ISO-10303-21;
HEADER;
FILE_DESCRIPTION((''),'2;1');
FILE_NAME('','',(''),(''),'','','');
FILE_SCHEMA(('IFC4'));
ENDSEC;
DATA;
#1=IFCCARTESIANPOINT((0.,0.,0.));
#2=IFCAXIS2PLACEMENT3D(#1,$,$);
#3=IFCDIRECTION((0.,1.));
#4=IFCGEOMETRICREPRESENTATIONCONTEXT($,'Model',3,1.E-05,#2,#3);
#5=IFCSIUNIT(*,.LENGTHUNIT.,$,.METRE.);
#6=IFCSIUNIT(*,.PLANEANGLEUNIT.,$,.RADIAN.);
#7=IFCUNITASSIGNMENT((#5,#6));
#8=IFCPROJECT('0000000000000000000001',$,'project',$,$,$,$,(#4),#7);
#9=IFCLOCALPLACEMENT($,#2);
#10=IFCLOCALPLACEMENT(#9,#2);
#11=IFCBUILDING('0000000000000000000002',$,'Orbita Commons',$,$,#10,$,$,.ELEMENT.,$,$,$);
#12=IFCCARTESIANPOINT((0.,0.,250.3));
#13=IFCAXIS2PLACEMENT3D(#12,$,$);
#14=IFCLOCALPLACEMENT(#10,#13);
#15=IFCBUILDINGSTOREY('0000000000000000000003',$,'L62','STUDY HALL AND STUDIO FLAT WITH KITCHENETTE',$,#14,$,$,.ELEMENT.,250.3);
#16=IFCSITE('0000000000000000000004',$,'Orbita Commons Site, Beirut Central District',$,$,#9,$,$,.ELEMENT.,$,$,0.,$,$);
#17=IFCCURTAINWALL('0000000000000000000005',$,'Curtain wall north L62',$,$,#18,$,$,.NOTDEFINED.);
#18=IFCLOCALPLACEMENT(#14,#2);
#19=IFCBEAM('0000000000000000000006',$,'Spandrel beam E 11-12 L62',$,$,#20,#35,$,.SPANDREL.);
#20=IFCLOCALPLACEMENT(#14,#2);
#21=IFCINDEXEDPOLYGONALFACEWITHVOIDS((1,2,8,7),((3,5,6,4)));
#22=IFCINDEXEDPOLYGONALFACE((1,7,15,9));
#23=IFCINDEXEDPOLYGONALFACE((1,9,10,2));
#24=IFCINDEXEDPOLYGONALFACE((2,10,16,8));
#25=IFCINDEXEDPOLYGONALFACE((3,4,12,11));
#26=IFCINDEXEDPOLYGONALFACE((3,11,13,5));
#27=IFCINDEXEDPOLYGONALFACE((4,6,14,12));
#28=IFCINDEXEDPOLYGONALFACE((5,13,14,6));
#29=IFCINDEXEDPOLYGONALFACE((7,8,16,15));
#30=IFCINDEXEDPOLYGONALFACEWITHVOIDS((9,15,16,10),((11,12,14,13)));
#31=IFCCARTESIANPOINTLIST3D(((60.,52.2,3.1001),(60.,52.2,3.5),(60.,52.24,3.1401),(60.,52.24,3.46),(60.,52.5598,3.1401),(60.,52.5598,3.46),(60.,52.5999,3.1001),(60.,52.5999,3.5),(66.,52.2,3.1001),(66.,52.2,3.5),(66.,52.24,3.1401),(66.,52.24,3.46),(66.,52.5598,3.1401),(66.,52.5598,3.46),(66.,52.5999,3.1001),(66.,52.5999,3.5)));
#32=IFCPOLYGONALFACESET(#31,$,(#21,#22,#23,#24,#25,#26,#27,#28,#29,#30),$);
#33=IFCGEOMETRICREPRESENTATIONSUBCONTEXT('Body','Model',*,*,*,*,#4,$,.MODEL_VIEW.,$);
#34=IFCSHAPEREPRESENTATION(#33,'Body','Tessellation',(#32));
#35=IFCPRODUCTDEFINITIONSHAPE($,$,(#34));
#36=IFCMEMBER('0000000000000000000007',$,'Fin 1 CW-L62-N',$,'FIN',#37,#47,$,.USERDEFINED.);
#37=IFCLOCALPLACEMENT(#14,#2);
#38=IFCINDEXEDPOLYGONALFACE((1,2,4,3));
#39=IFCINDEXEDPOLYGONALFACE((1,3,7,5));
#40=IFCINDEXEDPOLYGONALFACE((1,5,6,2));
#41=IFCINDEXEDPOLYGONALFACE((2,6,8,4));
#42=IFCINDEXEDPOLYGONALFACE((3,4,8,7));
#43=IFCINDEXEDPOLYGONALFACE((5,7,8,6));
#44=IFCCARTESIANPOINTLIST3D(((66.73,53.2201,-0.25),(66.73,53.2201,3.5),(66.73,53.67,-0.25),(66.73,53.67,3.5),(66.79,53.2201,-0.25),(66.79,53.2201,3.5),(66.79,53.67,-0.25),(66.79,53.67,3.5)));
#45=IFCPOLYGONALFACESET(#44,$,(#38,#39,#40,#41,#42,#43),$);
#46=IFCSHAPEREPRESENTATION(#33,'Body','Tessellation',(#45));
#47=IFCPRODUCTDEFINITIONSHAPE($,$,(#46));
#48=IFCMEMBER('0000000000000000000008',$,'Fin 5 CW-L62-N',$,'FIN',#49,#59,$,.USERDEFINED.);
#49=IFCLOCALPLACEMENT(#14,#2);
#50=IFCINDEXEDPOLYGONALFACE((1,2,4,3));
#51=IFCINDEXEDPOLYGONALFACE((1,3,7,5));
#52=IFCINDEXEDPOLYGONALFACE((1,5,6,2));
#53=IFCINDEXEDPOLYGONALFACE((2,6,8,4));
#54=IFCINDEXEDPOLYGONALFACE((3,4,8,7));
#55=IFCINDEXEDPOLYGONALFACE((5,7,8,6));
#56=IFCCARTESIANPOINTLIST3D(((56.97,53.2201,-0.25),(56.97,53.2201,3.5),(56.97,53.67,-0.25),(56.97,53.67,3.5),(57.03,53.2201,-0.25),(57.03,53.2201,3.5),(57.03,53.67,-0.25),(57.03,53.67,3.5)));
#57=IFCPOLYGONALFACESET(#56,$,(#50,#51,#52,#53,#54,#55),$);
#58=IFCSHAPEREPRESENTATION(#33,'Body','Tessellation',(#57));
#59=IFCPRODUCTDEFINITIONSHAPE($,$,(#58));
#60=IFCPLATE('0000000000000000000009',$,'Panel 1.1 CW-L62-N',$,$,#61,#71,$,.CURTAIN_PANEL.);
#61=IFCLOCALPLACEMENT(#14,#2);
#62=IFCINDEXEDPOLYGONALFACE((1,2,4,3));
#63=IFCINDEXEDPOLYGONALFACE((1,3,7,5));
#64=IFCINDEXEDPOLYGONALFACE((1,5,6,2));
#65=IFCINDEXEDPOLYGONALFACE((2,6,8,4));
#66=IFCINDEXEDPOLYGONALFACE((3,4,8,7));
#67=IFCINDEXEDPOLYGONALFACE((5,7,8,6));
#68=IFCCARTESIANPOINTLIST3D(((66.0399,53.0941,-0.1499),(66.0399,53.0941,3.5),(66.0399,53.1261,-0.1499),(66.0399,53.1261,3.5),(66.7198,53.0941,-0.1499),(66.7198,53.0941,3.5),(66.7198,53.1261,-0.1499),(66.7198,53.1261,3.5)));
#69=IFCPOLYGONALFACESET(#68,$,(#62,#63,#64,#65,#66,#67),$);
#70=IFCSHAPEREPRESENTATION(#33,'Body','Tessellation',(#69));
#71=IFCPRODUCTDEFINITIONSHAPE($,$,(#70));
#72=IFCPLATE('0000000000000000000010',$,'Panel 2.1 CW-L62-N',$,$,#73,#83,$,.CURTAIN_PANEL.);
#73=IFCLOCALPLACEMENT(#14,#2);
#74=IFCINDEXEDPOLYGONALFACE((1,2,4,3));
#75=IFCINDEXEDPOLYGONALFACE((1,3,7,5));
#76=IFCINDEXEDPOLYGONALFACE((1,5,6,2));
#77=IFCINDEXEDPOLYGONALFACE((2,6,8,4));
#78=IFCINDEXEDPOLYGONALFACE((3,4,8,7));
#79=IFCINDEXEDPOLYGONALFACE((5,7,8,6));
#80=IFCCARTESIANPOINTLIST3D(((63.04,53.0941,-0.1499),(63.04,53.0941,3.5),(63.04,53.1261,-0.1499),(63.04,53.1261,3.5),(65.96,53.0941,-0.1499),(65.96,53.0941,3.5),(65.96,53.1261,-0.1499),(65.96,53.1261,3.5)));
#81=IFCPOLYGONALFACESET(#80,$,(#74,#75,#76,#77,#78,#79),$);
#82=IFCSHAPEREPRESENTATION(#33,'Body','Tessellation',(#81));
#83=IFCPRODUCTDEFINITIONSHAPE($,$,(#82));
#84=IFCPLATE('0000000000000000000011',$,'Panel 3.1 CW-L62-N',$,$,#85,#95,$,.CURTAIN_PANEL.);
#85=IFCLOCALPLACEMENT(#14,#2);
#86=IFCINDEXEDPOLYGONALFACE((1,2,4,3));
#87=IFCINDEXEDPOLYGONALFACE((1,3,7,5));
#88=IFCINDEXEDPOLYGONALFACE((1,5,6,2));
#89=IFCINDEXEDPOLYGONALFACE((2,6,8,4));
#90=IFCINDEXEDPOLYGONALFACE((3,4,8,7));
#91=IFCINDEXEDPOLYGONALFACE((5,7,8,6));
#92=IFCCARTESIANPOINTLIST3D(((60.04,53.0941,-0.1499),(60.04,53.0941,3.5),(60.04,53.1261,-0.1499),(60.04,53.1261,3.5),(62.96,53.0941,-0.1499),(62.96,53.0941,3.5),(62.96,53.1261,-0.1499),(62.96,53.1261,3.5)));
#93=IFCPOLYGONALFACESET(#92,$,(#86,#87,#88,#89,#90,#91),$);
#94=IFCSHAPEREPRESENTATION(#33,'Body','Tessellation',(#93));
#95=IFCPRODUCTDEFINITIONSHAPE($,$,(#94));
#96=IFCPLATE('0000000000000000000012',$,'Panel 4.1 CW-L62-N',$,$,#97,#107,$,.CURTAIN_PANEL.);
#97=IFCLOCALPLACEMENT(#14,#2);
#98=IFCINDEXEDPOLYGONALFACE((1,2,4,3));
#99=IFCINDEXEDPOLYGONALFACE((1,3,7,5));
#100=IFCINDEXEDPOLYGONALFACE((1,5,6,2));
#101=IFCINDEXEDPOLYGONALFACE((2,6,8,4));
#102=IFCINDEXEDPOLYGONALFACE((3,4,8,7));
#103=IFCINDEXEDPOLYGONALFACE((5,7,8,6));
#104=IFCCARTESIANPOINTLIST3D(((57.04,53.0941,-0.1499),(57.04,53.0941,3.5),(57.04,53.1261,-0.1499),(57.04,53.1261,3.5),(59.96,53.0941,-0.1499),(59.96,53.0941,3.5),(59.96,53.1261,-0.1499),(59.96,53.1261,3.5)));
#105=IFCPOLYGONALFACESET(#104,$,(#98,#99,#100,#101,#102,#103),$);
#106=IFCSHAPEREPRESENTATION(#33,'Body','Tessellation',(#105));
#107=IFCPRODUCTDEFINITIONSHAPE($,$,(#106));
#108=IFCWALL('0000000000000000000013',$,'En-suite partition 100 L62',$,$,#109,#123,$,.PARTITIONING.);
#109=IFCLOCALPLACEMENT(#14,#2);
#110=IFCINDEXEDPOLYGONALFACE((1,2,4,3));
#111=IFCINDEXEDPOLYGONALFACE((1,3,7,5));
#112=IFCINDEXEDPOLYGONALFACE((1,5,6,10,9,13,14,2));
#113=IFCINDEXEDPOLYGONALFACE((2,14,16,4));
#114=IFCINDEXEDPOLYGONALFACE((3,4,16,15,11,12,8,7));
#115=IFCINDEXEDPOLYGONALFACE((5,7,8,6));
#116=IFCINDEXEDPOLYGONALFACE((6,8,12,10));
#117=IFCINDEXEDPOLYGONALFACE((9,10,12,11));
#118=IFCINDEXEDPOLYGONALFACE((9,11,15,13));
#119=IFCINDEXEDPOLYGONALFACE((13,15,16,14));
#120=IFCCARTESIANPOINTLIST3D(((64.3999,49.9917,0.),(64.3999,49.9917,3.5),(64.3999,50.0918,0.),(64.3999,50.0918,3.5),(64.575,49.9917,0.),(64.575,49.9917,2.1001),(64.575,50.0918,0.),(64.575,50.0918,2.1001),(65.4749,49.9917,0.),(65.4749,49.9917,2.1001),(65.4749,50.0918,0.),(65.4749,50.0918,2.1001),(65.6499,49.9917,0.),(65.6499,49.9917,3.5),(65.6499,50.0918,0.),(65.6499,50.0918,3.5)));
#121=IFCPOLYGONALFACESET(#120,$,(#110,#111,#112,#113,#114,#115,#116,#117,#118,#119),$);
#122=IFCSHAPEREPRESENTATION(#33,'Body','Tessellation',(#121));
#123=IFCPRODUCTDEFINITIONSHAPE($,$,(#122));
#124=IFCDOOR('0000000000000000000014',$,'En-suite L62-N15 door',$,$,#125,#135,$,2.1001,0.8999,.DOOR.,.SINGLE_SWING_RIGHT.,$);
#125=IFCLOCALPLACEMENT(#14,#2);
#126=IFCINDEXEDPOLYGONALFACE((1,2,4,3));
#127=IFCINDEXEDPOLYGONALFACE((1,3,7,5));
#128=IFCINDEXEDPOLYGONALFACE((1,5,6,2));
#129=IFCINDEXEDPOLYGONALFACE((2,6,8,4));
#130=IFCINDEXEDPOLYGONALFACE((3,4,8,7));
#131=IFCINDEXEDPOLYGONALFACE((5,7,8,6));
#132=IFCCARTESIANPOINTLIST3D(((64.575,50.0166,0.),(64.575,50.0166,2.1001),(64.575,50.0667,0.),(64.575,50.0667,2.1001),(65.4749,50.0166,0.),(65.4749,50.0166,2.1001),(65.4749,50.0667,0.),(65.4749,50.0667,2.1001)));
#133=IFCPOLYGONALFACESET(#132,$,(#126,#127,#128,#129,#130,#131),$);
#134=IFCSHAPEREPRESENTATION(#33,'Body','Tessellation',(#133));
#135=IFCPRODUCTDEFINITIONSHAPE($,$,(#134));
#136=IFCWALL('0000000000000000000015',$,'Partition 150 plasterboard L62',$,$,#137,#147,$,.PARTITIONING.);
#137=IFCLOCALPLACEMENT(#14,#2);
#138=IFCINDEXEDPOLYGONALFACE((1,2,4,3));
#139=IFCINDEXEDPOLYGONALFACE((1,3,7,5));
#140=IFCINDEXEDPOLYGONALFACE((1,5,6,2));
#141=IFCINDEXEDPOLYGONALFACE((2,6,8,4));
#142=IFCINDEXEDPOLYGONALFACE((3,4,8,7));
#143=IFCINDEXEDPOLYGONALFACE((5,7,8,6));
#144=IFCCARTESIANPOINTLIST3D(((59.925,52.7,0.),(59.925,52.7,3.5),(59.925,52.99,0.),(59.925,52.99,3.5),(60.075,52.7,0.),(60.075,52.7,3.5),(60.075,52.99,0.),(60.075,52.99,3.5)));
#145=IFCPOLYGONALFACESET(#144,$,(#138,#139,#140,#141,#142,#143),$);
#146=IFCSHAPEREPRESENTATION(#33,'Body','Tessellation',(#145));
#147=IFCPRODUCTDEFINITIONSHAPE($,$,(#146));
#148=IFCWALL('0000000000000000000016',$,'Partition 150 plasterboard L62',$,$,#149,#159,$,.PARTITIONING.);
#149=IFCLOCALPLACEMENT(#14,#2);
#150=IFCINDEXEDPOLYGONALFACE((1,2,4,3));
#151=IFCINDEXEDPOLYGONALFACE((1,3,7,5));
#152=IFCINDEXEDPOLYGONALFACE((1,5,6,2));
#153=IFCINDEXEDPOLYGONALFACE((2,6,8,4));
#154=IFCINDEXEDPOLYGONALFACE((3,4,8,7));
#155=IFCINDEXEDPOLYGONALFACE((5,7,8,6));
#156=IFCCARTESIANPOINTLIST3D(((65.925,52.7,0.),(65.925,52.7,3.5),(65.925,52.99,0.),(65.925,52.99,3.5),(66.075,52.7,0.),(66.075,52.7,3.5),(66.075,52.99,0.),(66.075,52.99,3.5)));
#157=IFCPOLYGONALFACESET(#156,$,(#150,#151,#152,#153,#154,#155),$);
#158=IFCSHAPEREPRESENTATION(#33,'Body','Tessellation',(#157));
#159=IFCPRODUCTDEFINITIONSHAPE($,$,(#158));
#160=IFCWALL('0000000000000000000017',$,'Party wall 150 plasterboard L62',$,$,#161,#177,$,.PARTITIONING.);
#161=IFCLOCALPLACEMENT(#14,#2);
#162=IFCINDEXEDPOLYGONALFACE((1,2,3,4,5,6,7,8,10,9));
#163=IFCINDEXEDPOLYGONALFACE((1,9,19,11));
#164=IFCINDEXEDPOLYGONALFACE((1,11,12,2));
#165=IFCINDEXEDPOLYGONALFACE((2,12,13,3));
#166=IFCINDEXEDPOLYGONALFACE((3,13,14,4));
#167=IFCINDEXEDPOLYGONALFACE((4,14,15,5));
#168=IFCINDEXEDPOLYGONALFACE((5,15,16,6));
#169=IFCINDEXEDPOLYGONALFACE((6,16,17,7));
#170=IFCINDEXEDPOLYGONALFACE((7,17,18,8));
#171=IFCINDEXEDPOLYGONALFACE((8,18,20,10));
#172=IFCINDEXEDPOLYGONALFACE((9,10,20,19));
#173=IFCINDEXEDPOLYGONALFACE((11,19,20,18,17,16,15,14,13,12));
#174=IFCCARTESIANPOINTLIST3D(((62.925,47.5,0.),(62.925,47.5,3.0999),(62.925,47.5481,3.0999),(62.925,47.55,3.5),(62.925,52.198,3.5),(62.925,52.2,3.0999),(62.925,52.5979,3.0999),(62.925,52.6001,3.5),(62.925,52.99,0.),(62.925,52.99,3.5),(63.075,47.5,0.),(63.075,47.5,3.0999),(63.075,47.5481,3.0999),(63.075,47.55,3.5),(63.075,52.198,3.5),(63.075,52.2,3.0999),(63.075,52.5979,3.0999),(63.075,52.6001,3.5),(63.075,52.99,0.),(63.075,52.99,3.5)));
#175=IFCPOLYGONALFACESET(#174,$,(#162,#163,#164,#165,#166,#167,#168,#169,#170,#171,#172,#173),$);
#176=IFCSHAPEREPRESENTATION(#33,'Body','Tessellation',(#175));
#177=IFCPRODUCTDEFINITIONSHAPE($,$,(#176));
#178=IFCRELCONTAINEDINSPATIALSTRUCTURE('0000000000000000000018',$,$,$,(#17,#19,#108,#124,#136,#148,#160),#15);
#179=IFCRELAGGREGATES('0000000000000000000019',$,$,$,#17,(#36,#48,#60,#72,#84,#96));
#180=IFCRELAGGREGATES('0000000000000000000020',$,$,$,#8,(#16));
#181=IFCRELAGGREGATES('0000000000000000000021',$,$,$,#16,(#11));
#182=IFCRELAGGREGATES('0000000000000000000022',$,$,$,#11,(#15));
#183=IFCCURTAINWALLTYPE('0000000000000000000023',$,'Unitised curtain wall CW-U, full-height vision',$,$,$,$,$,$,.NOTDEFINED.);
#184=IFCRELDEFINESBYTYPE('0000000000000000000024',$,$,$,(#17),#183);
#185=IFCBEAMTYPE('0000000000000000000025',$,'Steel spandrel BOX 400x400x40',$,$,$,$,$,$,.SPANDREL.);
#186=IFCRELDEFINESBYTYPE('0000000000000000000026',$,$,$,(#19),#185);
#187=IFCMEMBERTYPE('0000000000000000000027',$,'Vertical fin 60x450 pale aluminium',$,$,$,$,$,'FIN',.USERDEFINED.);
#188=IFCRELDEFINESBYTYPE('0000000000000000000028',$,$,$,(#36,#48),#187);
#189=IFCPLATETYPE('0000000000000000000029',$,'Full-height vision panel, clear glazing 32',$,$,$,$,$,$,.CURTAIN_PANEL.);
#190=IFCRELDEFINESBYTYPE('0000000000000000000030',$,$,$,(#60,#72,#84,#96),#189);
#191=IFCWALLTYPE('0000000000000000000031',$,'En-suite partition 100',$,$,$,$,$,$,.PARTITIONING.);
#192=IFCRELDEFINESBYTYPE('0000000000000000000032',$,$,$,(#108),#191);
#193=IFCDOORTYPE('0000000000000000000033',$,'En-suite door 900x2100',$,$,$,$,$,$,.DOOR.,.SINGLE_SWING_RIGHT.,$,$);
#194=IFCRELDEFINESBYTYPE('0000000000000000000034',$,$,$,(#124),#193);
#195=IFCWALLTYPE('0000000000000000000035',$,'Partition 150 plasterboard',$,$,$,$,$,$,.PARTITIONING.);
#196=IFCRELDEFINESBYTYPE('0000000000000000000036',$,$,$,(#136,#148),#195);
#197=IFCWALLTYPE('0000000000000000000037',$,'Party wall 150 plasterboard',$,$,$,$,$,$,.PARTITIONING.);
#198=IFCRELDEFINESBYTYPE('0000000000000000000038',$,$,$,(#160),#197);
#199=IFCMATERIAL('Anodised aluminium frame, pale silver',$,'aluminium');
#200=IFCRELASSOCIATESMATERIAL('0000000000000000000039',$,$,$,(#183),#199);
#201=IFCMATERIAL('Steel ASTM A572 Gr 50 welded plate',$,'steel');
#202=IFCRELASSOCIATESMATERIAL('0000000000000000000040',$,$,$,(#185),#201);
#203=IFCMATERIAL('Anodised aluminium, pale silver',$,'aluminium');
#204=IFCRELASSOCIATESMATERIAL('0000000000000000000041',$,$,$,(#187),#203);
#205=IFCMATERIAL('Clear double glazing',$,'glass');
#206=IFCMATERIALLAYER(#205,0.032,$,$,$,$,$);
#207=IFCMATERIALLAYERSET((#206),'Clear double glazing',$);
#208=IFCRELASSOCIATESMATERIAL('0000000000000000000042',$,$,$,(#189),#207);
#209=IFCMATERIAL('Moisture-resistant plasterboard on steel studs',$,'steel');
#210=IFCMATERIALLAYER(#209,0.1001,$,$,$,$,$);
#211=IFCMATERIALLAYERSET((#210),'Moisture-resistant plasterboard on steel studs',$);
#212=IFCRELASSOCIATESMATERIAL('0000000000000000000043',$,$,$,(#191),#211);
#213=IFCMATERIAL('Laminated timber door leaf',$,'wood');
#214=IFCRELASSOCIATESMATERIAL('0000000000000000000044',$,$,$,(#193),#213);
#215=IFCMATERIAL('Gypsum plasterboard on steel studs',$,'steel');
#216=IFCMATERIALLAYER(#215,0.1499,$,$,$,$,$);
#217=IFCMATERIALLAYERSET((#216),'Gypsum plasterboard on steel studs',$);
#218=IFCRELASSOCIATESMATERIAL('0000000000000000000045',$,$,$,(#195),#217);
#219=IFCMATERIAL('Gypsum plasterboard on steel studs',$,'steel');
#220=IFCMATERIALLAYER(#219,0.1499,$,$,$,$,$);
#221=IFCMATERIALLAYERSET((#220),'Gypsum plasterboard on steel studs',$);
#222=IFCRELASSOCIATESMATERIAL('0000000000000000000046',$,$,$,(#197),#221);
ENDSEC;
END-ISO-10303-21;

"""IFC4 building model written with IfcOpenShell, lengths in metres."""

from ifc_helpers import new_model, si_unit, direction, frame, frame_2d, origin, origin_2d, place, context, subcontext, project, spatial, polyline, rectangle, hollow_rectangle, outline, extrude, material, layer, layer_set, material_profile, profile_set, type_object, element, fill, aggregate, save


model = new_model("IFC4")

# Units and contexts
model_context = context("Model", 3, precision=1e-05, world=origin(), true_north=direction((0.0, 1.0)))
body_context = subcontext(model_context, "Body", "Model", "MODEL_VIEW")
ifc_project = project(units=[si_unit("LENGTHUNIT", "METRE"), si_unit("PLANEANGLEUNIT", "RADIAN")], contexts=[model_context])

# Site, building, storey
site_placement = place(None, origin())
site = spatial("IfcSite", under=ifc_project, at=site_placement, Name="Orbita Commons Site, Beirut Central District", CompositionType="ELEMENT", RefElevation=0.0)
building_placement = place(site_placement, origin())
building = spatial("IfcBuilding", under=site, at=building_placement, Name="Orbita Commons", CompositionType="ELEMENT")
storey_placement = place(building_placement, frame((0.0, 0.0, 250.3)))
storey = spatial("IfcBuildingStorey", under=building, at=storey_placement, Name="L62", Description="STUDY HALL AND STUDIO FLAT WITH KITCHENETTE", CompositionType="ELEMENT", Elevation=250.3)

# Curtain wall
ifc_material_1 = material(Name="Anodised aluminium frame, pale silver", Category="aluminium")
curtain_wall_type = type_object("IfcCurtainWallType", Name="Unitised curtain wall CW-U, full-height vision", PredefinedType="NOTDEFINED", material=ifc_material_1)
curtain_wall_placement = place(storey_placement, origin())
curtain_wall = element("IfcCurtainWall", 1, at=curtain_wall_placement, inside=storey, type_object=curtain_wall_type, Name="Curtain wall north L62", PredefinedType="NOTDEFINED")

# Beam
ifc_material_2 = material(Name="Steel ASTM A572 Gr 50 welded plate", Category="steel")
ifc_material_profile_1 = material_profile(ifc_material_2, hollow_rectangle(XDim=0.3999, YDim=0.3999, WallThickness=0.04, at=origin_2d()), Name="BOX 400x400x40")
ifc_profile_set_1 = profile_set([ifc_material_profile_1], Name="Steel ASTM A572 Gr 50 welded plate")
beam_type = type_object("IfcBeamType", Name="Steel spandrel BOX 400x400x40", PredefinedType="SPANDREL", material=ifc_profile_set_1)
beam_placement = place(storey_placement, frame((60.0, 52.3999, 3.3), z_axis=(1.0, 0.0, 0.0), x_axis=(0.0, 1.0, 0.0)))
element("IfcBeam", 2, at=beam_placement, inside=storey, type_object=beam_type, Name="Spandrel beam E 11-12 L62", PredefinedType="SPANDREL", context=body_context, shape_type="SweptSolid", body=[
    extrude(hollow_rectangle(XDim=0.3999, YDim=0.3999, WallThickness=0.04, at=origin_2d()), origin(), (0.0, 0.0, 1.0), 6.0),
])

# Members
ifc_material_3 = material(Name="Anodised aluminium, pale silver", Category="aluminium")
ifc_material_profile_2 = material_profile(ifc_material_3, rectangle(XDim=0.0601, YDim=0.45, at=origin_2d()), Name="FIN 60x450")
ifc_profile_set_2 = profile_set([ifc_material_profile_2], Name="Anodised aluminium, pale silver")
member_type_1 = type_object("IfcMemberType", Name="Vertical fin 60x450 pale aluminium", ElementType="FIN", PredefinedType="USERDEFINED", material=ifc_profile_set_2)
member_1_placement = place(storey_placement, frame((66.76, 53.4451, -0.25), z_axis=(0.0, 0.0, 1.0), x_axis=(-1.0, 0.0, 0.0)))
member_1 = element("IfcMember", 3, at=member_1_placement, type_object=member_type_1, Name="Fin 1 CW-L62-N", ObjectType="FIN", PredefinedType="USERDEFINED", context=body_context, shape_type="SweptSolid", body=[
    extrude(rectangle(XDim=0.0601, YDim=0.45, at=origin_2d()), origin(), (0.0, 0.0, 1.0), 3.75),
])
member_2_placement = place(storey_placement, frame((57.0, 53.4451, -0.25), z_axis=(0.0, 0.0, 1.0), x_axis=(-1.0, 0.0, 0.0)))
member_2 = element("IfcMember", 4, at=member_2_placement, type_object=member_type_1, Name="Fin 5 CW-L62-N", ObjectType="FIN", PredefinedType="USERDEFINED", context=body_context, shape_type="SweptSolid", body=[
    extrude(rectangle(XDim=0.0601, YDim=0.45, at=origin_2d()), origin(), (0.0, 0.0, 1.0), 3.75),
])

# Plates
ifc_material_4 = material(Name="Clear double glazing", Category="glass")
ifc_layer_1 = layer(ifc_material_4, 0.032)
ifc_layer_set_1 = layer_set([ifc_layer_1], Name="Clear double glazing")
plate_type = type_object("IfcPlateType", Name="Full-height vision panel, clear glazing 32", PredefinedType="CURTAIN_PANEL", material=ifc_layer_set_1)
plate_1_placement = place(storey_placement, frame((66.3799, 53.1101, -0.1499), z_axis=(0.0, 0.0, 1.0), x_axis=(-1.0, 0.0, 0.0)))
plate_1 = element("IfcPlate", 5, at=plate_1_placement, type_object=plate_type, Name="Panel 1.1 CW-L62-N", PredefinedType="CURTAIN_PANEL", context=body_context, shape_type="SweptSolid", body=[
    extrude(rectangle(XDim=0.6799, YDim=0.032, at=origin_2d()), origin(), (0.0, 0.0, 1.0), 3.6499),
])
plate_2_placement = place(storey_placement, frame((64.5, 53.1101, -0.1499), z_axis=(0.0, 0.0, 1.0), x_axis=(-1.0, 0.0, 0.0)))
plate_2 = element("IfcPlate", 6, at=plate_2_placement, type_object=plate_type, Name="Panel 2.1 CW-L62-N", PredefinedType="CURTAIN_PANEL", context=body_context, shape_type="SweptSolid", body=[
    extrude(rectangle(XDim=2.9199, YDim=0.032, at=origin_2d()), origin(), (0.0, 0.0, 1.0), 3.6499),
])
plate_3_placement = place(storey_placement, frame((61.5, 53.1101, -0.1499), z_axis=(0.0, 0.0, 1.0), x_axis=(-1.0, 0.0, 0.0)))
plate_3 = element("IfcPlate", 7, at=plate_3_placement, type_object=plate_type, Name="Panel 3.1 CW-L62-N", PredefinedType="CURTAIN_PANEL", context=body_context, shape_type="SweptSolid", body=[
    extrude(rectangle(XDim=2.9199, YDim=0.032, at=origin_2d()), origin(), (0.0, 0.0, 1.0), 3.6499),
])
plate_4_placement = place(storey_placement, frame((58.5, 53.1101, -0.1499), z_axis=(0.0, 0.0, 1.0), x_axis=(-1.0, 0.0, 0.0)))
plate_4 = element("IfcPlate", 8, at=plate_4_placement, type_object=plate_type, Name="Panel 4.1 CW-L62-N", PredefinedType="CURTAIN_PANEL", context=body_context, shape_type="SweptSolid", body=[
    extrude(rectangle(XDim=2.9199, YDim=0.032, at=origin_2d()), origin(), (0.0, 0.0, 1.0), 3.6499),
])
aggregate(curtain_wall, [member_1, member_2, plate_1, plate_2, plate_3, plate_4])

# Wall, opening, door
ifc_material_5 = material(Name="Moisture-resistant plasterboard on steel studs", Category="steel")
ifc_layer_2 = layer(ifc_material_5, 0.1001)
ifc_layer_set_2 = layer_set([ifc_layer_2], Name="Moisture-resistant plasterboard on steel studs")
wall_type_1 = type_object("IfcWallType", Name="En-suite partition 100", PredefinedType="PARTITIONING", material=ifc_layer_set_2)
wall_1_placement = place(storey_placement, frame((64.3999, 50.0417, 0.0), z_axis=(0.0, 0.0, 1.0), x_axis=(1.0, 0.0, 0.0)))
wall_1 = element("IfcWall", 9, at=wall_1_placement, inside=storey, type_object=wall_type_1, Name="En-suite partition 100 L62", PredefinedType="PARTITIONING", context=body_context, shape_type="SweptSolid", body=[
    extrude(rectangle(XDim=1.25, YDim=0.1001, at=frame_2d((0.625, 0.0))), origin(), (0.0, 0.0, 1.0), 3.5),
])
opening_1_placement = place(wall_1_placement, frame((0.175, 0.0, 0.0)))
opening_1 = element("IfcOpeningElement", 10, at=opening_1_placement, cuts=wall_1, PredefinedType="OPENING", context=body_context, shape_type="SweptSolid", body=[
    extrude(rectangle(XDim=0.8999, YDim=2.1001, at=frame_2d((0.45, 1.05))), frame((0.0, 0.0601, 0.0), z_axis=(0.0, -1.0, 0.0), x_axis=(1.0, 0.0, 0.0)), (0.0, 0.0, 1.0), 0.1201),
])
ifc_material_6 = material(Name="Laminated timber door leaf", Category="wood")
door_type = type_object("IfcDoorType", Name="En-suite door 900x2100", OperationType="SINGLE_SWING_RIGHT", PredefinedType="DOOR", material=ifc_material_6)
door_placement = place(opening_1_placement, origin())
door = element("IfcDoor", 11, at=door_placement, inside=storey, type_object=door_type, Name="En-suite L62-N15 door", OperationType="SINGLE_SWING_RIGHT", OverallHeight=2.1001, OverallWidth=0.8999, PredefinedType="DOOR", context=body_context, shape_type="SweptSolid", body=[
    extrude(rectangle(XDim=0.8999, YDim=2.1001, at=frame_2d((0.45, 1.05))), frame((0.0, 0.0249, 0.0), z_axis=(0.0, -1.0, 0.0), x_axis=(1.0, 0.0, 0.0)), (0.0, 0.0, 1.0), 0.05),
])
fill(opening_1, door)

# Walls
ifc_material_7 = material(Name="Gypsum plasterboard on steel studs", Category="steel")
ifc_layer_3 = layer(ifc_material_7, 0.1499)
ifc_layer_set_3 = layer_set([ifc_layer_3], Name="Gypsum plasterboard on steel studs")
wall_type_2 = type_object("IfcWallType", Name="Partition 150 plasterboard", PredefinedType="PARTITIONING", material=ifc_layer_set_3)
for number, where, z_axis, x_axis, name in (
    (12, (60.0, 52.7, 0.0), (0.0, 0.0, 1.0), (0.0, 1.0, 0.0), "Partition 150 plasterboard L62"),
    (13, (66.0, 52.7, 0.0), (0.0, 0.0, 1.0), (0.0, 1.0, 0.0), "Partition 150 plasterboard L62"),
):
    element("IfcWall", number, at=place(storey_placement, frame(where, z_axis=z_axis, x_axis=x_axis)), inside=storey, type_object=wall_type_2, Name=name, PredefinedType="PARTITIONING", context=body_context, shape_type="SweptSolid", body=[
        extrude(rectangle(XDim=0.29, YDim=0.1499, at=frame_2d((0.145, 0.0))), origin(), (0.0, 0.0, 1.0), 3.5),
    ])
ifc_material_8 = material(Name="Gypsum plasterboard on steel studs", Category="steel")
ifc_layer_4 = layer(ifc_material_8, 0.1499)
ifc_layer_set_4 = layer_set([ifc_layer_4], Name="Gypsum plasterboard on steel studs")
wall_type_3 = type_object("IfcWallType", Name="Party wall 150 plasterboard", PredefinedType="PARTITIONING", material=ifc_layer_set_4)
wall_2_placement = place(storey_placement, frame((63.0, 52.99, 0.0), z_axis=(0.0, 0.0, 1.0), x_axis=(0.0, -1.0, 0.0)))
element("IfcWall", 14, at=wall_2_placement, inside=storey, type_object=wall_type_3, Name="Party wall 150 plasterboard L62", PredefinedType="PARTITIONING", context=body_context, shape_type="SweptSolid", body=[
    extrude(outline(polyline([(0.0, 0.0), (5.49, 0.0), (5.49, 3.0999), (5.4419, 3.0999), (5.4399, 3.5), (0.792, 3.5), (0.79, 3.0999), (0.3921, 3.0999), (0.3899, 3.5), (0.0, 3.5), (0.0, 0.0)])), frame((0.0, 0.075, 0.0), z_axis=(0.0, -1.0, 0.0), x_axis=(1.0, 0.0, 0.0)), (0.0, 0.0, 1.0), 0.1499),
])

save(model, "model.ifc")
